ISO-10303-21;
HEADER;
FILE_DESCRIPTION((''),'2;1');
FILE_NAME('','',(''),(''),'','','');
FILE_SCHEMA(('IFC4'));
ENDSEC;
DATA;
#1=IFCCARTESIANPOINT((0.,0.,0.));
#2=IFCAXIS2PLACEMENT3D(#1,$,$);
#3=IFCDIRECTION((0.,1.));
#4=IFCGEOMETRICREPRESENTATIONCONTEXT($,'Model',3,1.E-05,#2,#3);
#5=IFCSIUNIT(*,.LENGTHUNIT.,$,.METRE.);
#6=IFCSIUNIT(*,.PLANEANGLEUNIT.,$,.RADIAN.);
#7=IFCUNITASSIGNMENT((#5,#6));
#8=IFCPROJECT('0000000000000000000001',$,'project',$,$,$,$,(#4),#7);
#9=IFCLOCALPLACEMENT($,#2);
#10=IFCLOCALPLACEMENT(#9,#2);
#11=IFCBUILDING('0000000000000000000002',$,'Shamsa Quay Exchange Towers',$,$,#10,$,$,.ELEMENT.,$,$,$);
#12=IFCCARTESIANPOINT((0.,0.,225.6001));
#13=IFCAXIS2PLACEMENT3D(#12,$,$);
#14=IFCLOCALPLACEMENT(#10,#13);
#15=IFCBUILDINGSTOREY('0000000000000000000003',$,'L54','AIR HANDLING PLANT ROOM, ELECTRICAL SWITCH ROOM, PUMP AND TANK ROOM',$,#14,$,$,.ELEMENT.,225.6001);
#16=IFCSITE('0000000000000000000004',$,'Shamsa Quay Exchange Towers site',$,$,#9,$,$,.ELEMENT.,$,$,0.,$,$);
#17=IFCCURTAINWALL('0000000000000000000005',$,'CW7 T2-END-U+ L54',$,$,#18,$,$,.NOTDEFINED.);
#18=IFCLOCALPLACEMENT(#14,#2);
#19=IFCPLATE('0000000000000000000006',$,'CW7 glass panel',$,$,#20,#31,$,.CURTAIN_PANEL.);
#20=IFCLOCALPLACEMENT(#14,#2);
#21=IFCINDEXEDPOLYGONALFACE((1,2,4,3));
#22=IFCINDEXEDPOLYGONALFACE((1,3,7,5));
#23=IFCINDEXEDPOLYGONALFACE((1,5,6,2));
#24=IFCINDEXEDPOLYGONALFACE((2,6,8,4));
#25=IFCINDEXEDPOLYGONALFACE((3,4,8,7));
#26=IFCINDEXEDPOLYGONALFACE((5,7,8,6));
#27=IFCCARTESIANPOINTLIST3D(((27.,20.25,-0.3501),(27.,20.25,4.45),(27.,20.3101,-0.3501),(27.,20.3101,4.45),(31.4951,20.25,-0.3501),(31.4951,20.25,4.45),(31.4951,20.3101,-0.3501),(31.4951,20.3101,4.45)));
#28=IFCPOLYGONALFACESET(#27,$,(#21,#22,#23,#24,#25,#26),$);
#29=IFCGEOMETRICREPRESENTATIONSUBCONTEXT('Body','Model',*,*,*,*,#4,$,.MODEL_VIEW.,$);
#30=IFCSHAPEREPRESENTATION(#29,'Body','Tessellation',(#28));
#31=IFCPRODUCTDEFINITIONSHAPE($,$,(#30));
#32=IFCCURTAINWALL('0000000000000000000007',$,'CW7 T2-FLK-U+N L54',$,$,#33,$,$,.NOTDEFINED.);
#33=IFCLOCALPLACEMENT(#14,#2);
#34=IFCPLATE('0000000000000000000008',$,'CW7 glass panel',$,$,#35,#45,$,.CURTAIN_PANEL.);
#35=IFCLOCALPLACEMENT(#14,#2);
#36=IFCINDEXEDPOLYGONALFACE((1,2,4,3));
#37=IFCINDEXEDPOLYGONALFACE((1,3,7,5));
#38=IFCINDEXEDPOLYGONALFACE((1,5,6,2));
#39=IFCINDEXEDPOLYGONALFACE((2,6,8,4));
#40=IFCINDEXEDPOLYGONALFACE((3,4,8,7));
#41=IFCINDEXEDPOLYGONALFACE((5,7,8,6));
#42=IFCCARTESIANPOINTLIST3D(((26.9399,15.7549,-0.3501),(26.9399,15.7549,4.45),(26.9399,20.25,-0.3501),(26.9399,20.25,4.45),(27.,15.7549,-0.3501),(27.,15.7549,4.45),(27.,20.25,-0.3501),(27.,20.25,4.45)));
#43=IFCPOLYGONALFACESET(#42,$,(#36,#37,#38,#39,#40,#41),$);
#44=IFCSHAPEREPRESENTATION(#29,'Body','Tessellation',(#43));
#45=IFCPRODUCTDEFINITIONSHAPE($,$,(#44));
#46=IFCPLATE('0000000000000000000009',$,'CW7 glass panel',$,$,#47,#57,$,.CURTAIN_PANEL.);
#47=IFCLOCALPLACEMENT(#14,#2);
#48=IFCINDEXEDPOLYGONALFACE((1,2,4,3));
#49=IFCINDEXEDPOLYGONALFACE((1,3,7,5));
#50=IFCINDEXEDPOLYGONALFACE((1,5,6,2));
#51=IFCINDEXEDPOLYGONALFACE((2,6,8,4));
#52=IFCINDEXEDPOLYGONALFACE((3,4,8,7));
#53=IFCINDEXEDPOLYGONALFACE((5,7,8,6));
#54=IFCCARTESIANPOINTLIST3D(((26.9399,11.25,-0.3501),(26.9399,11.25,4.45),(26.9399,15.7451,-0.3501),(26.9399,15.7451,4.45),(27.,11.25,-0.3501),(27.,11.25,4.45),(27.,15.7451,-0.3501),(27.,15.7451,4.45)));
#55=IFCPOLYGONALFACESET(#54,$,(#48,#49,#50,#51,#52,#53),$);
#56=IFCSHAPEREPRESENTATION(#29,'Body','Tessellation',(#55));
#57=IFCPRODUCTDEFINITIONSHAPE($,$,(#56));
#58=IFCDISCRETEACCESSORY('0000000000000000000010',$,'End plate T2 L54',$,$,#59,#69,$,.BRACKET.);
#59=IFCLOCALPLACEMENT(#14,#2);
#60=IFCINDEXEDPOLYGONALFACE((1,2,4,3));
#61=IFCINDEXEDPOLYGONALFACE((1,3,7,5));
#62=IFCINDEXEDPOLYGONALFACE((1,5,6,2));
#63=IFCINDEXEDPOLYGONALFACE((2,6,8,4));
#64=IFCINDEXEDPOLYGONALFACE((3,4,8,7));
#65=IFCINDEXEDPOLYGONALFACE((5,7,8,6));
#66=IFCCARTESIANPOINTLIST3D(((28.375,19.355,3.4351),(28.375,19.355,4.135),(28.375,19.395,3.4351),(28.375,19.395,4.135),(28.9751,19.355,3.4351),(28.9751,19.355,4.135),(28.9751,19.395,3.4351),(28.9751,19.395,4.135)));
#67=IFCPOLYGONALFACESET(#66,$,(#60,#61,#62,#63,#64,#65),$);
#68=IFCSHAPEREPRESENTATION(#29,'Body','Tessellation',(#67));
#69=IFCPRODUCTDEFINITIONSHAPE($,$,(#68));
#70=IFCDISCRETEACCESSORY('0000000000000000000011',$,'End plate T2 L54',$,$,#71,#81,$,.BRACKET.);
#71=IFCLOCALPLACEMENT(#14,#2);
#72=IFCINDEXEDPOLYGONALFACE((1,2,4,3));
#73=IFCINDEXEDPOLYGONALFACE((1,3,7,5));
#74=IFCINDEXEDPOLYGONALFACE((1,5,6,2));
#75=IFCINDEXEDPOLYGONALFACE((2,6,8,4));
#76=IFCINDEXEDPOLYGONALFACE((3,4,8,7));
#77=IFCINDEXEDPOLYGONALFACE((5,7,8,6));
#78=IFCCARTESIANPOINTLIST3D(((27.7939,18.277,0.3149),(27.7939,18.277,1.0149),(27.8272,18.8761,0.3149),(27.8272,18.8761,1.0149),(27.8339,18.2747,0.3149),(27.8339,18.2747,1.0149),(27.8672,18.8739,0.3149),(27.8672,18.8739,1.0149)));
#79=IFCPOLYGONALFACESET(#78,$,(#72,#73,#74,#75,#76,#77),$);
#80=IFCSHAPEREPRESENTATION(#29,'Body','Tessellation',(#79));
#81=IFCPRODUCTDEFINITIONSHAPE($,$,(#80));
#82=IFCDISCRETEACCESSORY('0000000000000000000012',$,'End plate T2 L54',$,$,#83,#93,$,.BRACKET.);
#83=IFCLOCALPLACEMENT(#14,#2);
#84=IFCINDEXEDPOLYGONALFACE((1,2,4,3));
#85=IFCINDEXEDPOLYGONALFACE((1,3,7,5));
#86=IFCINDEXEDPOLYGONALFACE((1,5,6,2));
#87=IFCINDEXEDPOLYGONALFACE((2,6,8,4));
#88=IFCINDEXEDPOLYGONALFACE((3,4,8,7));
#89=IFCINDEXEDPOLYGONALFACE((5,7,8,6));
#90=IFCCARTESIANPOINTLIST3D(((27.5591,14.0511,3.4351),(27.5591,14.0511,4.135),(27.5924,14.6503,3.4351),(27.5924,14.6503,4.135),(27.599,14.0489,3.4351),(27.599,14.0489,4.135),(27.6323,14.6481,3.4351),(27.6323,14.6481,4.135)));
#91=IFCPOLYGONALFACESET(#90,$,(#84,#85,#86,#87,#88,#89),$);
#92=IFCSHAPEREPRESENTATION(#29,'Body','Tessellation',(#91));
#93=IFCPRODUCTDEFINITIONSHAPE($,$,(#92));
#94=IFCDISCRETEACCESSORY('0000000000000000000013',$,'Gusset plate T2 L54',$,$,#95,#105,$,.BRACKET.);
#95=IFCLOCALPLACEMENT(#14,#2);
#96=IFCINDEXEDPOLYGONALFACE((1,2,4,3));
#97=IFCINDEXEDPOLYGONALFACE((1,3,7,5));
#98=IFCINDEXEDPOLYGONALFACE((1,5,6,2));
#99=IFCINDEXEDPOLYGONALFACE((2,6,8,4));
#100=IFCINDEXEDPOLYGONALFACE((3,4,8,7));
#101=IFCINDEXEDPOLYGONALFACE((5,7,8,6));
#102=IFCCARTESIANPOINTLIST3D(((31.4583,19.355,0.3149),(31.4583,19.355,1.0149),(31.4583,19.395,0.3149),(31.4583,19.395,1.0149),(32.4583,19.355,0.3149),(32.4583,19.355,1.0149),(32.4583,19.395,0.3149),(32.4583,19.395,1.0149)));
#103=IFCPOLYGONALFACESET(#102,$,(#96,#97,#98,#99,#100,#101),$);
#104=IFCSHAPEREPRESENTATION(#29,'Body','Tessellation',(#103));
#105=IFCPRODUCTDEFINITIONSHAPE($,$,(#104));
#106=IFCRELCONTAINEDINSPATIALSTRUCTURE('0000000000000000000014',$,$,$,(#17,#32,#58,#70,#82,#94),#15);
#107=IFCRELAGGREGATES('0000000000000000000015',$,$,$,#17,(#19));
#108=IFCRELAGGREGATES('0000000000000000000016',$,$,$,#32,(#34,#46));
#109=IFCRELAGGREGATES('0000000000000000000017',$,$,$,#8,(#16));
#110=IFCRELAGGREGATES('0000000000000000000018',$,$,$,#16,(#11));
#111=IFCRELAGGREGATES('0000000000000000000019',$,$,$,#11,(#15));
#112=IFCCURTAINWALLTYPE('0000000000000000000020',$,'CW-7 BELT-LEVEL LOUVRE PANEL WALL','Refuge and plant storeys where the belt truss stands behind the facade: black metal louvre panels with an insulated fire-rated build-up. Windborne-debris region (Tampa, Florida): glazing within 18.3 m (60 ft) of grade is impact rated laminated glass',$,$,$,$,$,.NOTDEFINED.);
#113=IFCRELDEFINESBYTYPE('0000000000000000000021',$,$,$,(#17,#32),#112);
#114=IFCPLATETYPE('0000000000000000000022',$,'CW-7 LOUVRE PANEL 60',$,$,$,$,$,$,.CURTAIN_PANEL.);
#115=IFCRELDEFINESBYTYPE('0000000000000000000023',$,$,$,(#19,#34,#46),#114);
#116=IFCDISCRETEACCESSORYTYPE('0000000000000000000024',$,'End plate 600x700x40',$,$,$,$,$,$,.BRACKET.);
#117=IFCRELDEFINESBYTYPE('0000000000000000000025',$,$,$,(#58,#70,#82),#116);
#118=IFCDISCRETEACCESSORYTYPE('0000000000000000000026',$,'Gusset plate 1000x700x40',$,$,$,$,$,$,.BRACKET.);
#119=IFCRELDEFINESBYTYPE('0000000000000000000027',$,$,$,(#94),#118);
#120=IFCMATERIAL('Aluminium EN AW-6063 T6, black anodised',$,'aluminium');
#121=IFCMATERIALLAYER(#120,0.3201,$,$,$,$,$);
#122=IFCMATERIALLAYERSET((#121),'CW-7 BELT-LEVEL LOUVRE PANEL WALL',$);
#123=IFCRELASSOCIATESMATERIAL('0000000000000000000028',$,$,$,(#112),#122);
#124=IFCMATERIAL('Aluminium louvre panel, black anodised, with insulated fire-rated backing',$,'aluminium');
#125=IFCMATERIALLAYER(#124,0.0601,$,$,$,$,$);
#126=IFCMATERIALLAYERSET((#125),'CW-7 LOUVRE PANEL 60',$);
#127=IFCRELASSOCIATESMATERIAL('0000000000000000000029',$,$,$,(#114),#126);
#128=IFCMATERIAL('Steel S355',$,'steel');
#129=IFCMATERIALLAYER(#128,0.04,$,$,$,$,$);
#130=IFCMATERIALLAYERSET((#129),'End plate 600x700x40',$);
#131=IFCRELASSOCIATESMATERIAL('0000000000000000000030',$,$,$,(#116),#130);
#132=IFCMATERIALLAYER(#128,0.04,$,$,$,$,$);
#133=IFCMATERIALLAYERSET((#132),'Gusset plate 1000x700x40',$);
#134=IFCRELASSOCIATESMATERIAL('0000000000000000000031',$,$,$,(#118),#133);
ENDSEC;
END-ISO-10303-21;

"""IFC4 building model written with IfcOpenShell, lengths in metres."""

from ifc_helpers import new_model, si_unit, direction, frame, origin, origin_2d, place, context, subcontext, project, spatial, rectangle, extrude, material, layer, layer_set, type_object, element, aggregate, save


model = new_model("IFC4")

# Units and contexts
model_context = context("Model", 3, precision=1e-05, world=origin(), true_north=direction((0.0, 1.0)))
body_context = subcontext(model_context, "Body", "Model", "MODEL_VIEW")
ifc_project = project(units=[si_unit("LENGTHUNIT", "METRE"), si_unit("PLANEANGLEUNIT", "RADIAN")], contexts=[model_context])

# Site, building, storey
site_placement = place(None, origin())
site = spatial("IfcSite", under=ifc_project, at=site_placement, Name="Shamsa Quay Exchange Towers site", CompositionType="ELEMENT", RefElevation=0.0)
building_placement = place(site_placement, origin())
building = spatial("IfcBuilding", under=site, at=building_placement, Name="Shamsa Quay Exchange Towers", CompositionType="ELEMENT")
storey_placement = place(building_placement, frame((0.0, 0.0, 225.6001)))
storey = spatial("IfcBuildingStorey", under=building, at=storey_placement, Name="L54", Description="AIR HANDLING PLANT ROOM, ELECTRICAL SWITCH ROOM, PUMP AND TANK ROOM", CompositionType="ELEMENT", Elevation=225.6001)

# Shared definitions
ifc_material_1 = material(Name="Steel S355", Category="steel")

# Curtain walls, plates
ifc_material_2 = material(Name="Aluminium EN AW-6063 T6, black anodised", Category="aluminium")
ifc_layer_1 = layer(ifc_material_2, 0.3201)
ifc_layer_set_1 = layer_set([ifc_layer_1], Name="CW-7 BELT-LEVEL LOUVRE PANEL WALL")
curtain_wall_type = type_object("IfcCurtainWallType", Name="CW-7 BELT-LEVEL LOUVRE PANEL WALL", Description="Refuge and plant storeys where the belt truss stands behind the facade: black metal louvre panels with an insulated fire-rated build-up. Windborne-debris region (Tampa, Florida): glazing within 18.3 m (60 ft) of grade is impact rated laminated glass", PredefinedType="NOTDEFINED", material=ifc_layer_set_1)
curtain_wall_1_placement = place(storey_placement, origin())
curtain_wall_1 = element("IfcCurtainWall", 1, at=curtain_wall_1_placement, inside=storey, type_object=curtain_wall_type, Name="CW7 T2-END-U+ L54", PredefinedType="NOTDEFINED")
ifc_material_3 = material(Name="Aluminium louvre panel, black anodised, with insulated fire-rated backing", Category="aluminium")
ifc_layer_2 = layer(ifc_material_3, 0.0601)
ifc_layer_set_2 = layer_set([ifc_layer_2], Name="CW-7 LOUVRE PANEL 60")
plate_type = type_object("IfcPlateType", Name="CW-7 LOUVRE PANEL 60", PredefinedType="CURTAIN_PANEL", material=ifc_layer_set_2)
plate_1_placement = place(storey_placement, frame((29.2476, 20.28, -0.3501), z_axis=(0.0, 0.0, 1.0), x_axis=(-1.0, 0.0, 0.0)))
plate_1 = element("IfcPlate", 2, at=plate_1_placement, type_object=plate_type, Name="CW7 glass panel", PredefinedType="CURTAIN_PANEL", context=body_context, shape_type="SweptSolid", body=[
    extrude(rectangle(XDim=4.4951, YDim=0.0601, at=origin_2d()), origin(), (0.0, 0.0, 1.0), 4.8),
])
aggregate(curtain_wall_1, [plate_1])
curtain_wall_2_placement = place(storey_placement, origin())
curtain_wall_2 = element("IfcCurtainWall", 3, at=curtain_wall_2_placement, inside=storey, type_object=curtain_wall_type, Name="CW7 T2-FLK-U+N L54", PredefinedType="NOTDEFINED")
plate_2_placement = place(storey_placement, frame((26.97, 18.0024, -0.3501), z_axis=(0.0, 0.0, 1.0), x_axis=(0.0, -1.0, 0.0)))
plate_2 = element("IfcPlate", 4, at=plate_2_placement, type_object=plate_type, Name="CW7 glass panel", PredefinedType="CURTAIN_PANEL", context=body_context, shape_type="SweptSolid", body=[
    extrude(rectangle(XDim=4.4951, YDim=0.0601, at=origin_2d()), origin(), (0.0, 0.0, 1.0), 4.8),
])
plate_3_placement = place(storey_placement, frame((26.97, 13.4976, -0.3501), z_axis=(0.0, 0.0, 1.0), x_axis=(0.0, -1.0, 0.0)))
plate_3 = element("IfcPlate", 5, at=plate_3_placement, type_object=plate_type, Name="CW7 glass panel", PredefinedType="CURTAIN_PANEL", context=body_context, shape_type="SweptSolid", body=[
    extrude(rectangle(XDim=4.4951, YDim=0.0601, at=origin_2d()), origin(), (0.0, 0.0, 1.0), 4.8),
])
aggregate(curtain_wall_2, [plate_2, plate_3])

# Discrete accessories
ifc_layer_3 = layer(ifc_material_1, 0.04)
ifc_layer_set_3 = layer_set([ifc_layer_3], Name="End plate 600x700x40")
discrete_accessory_type_1 = type_object("IfcDiscreteAccessoryType", Name="End plate 600x700x40", PredefinedType="BRACKET", material=ifc_layer_set_3)
for number, where, z_axis, x_axis, name in (
    (6, (28.675, 19.375, 3.4351), (0.0, 0.0, 1.0), (-1.0, 0.0, 0.0), "End plate T2 L54"),
    (7, (27.8306, 18.5754, 0.3149), (0.0, 0.0, 1.0), (-0.05547, -0.99846, 0.0), "End plate T2 L54"),
    (8, (27.5957, 14.3496, 3.4351), (0.0, 0.0, 1.0), (-0.05547, -0.99846, 0.0), "End plate T2 L54"),
):
    element("IfcDiscreteAccessory", number, at=place(storey_placement, frame(where, z_axis=z_axis, x_axis=x_axis)), inside=storey, type_object=discrete_accessory_type_1, Name=name, PredefinedType="BRACKET", context=body_context, shape_type="SweptSolid", body=[
        extrude(rectangle(XDim=0.6001, YDim=0.04, at=origin_2d()), origin(), (0.0, 0.0, 1.0), 0.7),
    ])
ifc_layer_4 = layer(ifc_material_1, 0.04)
ifc_layer_set_4 = layer_set([ifc_layer_4], Name="Gusset plate 1000x700x40")
discrete_accessory_type_2 = type_object("IfcDiscreteAccessoryType", Name="Gusset plate 1000x700x40", PredefinedType="BRACKET", material=ifc_layer_set_4)
discrete_accessory_placement = place(storey_placement, frame((31.9583, 19.375, 0.3149), z_axis=(0.0, 0.0, 1.0), x_axis=(-1.0, 0.0, 0.0)))
element("IfcDiscreteAccessory", 9, at=discrete_accessory_placement, inside=storey, type_object=discrete_accessory_type_2, Name="Gusset plate T2 L54", PredefinedType="BRACKET", context=body_context, shape_type="SweptSolid", body=[
    extrude(rectangle(XDim=1.0, YDim=0.04, at=origin_2d()), origin(), (0.0, 0.0, 1.0), 0.7),
])

save(model, "model.ifc")
